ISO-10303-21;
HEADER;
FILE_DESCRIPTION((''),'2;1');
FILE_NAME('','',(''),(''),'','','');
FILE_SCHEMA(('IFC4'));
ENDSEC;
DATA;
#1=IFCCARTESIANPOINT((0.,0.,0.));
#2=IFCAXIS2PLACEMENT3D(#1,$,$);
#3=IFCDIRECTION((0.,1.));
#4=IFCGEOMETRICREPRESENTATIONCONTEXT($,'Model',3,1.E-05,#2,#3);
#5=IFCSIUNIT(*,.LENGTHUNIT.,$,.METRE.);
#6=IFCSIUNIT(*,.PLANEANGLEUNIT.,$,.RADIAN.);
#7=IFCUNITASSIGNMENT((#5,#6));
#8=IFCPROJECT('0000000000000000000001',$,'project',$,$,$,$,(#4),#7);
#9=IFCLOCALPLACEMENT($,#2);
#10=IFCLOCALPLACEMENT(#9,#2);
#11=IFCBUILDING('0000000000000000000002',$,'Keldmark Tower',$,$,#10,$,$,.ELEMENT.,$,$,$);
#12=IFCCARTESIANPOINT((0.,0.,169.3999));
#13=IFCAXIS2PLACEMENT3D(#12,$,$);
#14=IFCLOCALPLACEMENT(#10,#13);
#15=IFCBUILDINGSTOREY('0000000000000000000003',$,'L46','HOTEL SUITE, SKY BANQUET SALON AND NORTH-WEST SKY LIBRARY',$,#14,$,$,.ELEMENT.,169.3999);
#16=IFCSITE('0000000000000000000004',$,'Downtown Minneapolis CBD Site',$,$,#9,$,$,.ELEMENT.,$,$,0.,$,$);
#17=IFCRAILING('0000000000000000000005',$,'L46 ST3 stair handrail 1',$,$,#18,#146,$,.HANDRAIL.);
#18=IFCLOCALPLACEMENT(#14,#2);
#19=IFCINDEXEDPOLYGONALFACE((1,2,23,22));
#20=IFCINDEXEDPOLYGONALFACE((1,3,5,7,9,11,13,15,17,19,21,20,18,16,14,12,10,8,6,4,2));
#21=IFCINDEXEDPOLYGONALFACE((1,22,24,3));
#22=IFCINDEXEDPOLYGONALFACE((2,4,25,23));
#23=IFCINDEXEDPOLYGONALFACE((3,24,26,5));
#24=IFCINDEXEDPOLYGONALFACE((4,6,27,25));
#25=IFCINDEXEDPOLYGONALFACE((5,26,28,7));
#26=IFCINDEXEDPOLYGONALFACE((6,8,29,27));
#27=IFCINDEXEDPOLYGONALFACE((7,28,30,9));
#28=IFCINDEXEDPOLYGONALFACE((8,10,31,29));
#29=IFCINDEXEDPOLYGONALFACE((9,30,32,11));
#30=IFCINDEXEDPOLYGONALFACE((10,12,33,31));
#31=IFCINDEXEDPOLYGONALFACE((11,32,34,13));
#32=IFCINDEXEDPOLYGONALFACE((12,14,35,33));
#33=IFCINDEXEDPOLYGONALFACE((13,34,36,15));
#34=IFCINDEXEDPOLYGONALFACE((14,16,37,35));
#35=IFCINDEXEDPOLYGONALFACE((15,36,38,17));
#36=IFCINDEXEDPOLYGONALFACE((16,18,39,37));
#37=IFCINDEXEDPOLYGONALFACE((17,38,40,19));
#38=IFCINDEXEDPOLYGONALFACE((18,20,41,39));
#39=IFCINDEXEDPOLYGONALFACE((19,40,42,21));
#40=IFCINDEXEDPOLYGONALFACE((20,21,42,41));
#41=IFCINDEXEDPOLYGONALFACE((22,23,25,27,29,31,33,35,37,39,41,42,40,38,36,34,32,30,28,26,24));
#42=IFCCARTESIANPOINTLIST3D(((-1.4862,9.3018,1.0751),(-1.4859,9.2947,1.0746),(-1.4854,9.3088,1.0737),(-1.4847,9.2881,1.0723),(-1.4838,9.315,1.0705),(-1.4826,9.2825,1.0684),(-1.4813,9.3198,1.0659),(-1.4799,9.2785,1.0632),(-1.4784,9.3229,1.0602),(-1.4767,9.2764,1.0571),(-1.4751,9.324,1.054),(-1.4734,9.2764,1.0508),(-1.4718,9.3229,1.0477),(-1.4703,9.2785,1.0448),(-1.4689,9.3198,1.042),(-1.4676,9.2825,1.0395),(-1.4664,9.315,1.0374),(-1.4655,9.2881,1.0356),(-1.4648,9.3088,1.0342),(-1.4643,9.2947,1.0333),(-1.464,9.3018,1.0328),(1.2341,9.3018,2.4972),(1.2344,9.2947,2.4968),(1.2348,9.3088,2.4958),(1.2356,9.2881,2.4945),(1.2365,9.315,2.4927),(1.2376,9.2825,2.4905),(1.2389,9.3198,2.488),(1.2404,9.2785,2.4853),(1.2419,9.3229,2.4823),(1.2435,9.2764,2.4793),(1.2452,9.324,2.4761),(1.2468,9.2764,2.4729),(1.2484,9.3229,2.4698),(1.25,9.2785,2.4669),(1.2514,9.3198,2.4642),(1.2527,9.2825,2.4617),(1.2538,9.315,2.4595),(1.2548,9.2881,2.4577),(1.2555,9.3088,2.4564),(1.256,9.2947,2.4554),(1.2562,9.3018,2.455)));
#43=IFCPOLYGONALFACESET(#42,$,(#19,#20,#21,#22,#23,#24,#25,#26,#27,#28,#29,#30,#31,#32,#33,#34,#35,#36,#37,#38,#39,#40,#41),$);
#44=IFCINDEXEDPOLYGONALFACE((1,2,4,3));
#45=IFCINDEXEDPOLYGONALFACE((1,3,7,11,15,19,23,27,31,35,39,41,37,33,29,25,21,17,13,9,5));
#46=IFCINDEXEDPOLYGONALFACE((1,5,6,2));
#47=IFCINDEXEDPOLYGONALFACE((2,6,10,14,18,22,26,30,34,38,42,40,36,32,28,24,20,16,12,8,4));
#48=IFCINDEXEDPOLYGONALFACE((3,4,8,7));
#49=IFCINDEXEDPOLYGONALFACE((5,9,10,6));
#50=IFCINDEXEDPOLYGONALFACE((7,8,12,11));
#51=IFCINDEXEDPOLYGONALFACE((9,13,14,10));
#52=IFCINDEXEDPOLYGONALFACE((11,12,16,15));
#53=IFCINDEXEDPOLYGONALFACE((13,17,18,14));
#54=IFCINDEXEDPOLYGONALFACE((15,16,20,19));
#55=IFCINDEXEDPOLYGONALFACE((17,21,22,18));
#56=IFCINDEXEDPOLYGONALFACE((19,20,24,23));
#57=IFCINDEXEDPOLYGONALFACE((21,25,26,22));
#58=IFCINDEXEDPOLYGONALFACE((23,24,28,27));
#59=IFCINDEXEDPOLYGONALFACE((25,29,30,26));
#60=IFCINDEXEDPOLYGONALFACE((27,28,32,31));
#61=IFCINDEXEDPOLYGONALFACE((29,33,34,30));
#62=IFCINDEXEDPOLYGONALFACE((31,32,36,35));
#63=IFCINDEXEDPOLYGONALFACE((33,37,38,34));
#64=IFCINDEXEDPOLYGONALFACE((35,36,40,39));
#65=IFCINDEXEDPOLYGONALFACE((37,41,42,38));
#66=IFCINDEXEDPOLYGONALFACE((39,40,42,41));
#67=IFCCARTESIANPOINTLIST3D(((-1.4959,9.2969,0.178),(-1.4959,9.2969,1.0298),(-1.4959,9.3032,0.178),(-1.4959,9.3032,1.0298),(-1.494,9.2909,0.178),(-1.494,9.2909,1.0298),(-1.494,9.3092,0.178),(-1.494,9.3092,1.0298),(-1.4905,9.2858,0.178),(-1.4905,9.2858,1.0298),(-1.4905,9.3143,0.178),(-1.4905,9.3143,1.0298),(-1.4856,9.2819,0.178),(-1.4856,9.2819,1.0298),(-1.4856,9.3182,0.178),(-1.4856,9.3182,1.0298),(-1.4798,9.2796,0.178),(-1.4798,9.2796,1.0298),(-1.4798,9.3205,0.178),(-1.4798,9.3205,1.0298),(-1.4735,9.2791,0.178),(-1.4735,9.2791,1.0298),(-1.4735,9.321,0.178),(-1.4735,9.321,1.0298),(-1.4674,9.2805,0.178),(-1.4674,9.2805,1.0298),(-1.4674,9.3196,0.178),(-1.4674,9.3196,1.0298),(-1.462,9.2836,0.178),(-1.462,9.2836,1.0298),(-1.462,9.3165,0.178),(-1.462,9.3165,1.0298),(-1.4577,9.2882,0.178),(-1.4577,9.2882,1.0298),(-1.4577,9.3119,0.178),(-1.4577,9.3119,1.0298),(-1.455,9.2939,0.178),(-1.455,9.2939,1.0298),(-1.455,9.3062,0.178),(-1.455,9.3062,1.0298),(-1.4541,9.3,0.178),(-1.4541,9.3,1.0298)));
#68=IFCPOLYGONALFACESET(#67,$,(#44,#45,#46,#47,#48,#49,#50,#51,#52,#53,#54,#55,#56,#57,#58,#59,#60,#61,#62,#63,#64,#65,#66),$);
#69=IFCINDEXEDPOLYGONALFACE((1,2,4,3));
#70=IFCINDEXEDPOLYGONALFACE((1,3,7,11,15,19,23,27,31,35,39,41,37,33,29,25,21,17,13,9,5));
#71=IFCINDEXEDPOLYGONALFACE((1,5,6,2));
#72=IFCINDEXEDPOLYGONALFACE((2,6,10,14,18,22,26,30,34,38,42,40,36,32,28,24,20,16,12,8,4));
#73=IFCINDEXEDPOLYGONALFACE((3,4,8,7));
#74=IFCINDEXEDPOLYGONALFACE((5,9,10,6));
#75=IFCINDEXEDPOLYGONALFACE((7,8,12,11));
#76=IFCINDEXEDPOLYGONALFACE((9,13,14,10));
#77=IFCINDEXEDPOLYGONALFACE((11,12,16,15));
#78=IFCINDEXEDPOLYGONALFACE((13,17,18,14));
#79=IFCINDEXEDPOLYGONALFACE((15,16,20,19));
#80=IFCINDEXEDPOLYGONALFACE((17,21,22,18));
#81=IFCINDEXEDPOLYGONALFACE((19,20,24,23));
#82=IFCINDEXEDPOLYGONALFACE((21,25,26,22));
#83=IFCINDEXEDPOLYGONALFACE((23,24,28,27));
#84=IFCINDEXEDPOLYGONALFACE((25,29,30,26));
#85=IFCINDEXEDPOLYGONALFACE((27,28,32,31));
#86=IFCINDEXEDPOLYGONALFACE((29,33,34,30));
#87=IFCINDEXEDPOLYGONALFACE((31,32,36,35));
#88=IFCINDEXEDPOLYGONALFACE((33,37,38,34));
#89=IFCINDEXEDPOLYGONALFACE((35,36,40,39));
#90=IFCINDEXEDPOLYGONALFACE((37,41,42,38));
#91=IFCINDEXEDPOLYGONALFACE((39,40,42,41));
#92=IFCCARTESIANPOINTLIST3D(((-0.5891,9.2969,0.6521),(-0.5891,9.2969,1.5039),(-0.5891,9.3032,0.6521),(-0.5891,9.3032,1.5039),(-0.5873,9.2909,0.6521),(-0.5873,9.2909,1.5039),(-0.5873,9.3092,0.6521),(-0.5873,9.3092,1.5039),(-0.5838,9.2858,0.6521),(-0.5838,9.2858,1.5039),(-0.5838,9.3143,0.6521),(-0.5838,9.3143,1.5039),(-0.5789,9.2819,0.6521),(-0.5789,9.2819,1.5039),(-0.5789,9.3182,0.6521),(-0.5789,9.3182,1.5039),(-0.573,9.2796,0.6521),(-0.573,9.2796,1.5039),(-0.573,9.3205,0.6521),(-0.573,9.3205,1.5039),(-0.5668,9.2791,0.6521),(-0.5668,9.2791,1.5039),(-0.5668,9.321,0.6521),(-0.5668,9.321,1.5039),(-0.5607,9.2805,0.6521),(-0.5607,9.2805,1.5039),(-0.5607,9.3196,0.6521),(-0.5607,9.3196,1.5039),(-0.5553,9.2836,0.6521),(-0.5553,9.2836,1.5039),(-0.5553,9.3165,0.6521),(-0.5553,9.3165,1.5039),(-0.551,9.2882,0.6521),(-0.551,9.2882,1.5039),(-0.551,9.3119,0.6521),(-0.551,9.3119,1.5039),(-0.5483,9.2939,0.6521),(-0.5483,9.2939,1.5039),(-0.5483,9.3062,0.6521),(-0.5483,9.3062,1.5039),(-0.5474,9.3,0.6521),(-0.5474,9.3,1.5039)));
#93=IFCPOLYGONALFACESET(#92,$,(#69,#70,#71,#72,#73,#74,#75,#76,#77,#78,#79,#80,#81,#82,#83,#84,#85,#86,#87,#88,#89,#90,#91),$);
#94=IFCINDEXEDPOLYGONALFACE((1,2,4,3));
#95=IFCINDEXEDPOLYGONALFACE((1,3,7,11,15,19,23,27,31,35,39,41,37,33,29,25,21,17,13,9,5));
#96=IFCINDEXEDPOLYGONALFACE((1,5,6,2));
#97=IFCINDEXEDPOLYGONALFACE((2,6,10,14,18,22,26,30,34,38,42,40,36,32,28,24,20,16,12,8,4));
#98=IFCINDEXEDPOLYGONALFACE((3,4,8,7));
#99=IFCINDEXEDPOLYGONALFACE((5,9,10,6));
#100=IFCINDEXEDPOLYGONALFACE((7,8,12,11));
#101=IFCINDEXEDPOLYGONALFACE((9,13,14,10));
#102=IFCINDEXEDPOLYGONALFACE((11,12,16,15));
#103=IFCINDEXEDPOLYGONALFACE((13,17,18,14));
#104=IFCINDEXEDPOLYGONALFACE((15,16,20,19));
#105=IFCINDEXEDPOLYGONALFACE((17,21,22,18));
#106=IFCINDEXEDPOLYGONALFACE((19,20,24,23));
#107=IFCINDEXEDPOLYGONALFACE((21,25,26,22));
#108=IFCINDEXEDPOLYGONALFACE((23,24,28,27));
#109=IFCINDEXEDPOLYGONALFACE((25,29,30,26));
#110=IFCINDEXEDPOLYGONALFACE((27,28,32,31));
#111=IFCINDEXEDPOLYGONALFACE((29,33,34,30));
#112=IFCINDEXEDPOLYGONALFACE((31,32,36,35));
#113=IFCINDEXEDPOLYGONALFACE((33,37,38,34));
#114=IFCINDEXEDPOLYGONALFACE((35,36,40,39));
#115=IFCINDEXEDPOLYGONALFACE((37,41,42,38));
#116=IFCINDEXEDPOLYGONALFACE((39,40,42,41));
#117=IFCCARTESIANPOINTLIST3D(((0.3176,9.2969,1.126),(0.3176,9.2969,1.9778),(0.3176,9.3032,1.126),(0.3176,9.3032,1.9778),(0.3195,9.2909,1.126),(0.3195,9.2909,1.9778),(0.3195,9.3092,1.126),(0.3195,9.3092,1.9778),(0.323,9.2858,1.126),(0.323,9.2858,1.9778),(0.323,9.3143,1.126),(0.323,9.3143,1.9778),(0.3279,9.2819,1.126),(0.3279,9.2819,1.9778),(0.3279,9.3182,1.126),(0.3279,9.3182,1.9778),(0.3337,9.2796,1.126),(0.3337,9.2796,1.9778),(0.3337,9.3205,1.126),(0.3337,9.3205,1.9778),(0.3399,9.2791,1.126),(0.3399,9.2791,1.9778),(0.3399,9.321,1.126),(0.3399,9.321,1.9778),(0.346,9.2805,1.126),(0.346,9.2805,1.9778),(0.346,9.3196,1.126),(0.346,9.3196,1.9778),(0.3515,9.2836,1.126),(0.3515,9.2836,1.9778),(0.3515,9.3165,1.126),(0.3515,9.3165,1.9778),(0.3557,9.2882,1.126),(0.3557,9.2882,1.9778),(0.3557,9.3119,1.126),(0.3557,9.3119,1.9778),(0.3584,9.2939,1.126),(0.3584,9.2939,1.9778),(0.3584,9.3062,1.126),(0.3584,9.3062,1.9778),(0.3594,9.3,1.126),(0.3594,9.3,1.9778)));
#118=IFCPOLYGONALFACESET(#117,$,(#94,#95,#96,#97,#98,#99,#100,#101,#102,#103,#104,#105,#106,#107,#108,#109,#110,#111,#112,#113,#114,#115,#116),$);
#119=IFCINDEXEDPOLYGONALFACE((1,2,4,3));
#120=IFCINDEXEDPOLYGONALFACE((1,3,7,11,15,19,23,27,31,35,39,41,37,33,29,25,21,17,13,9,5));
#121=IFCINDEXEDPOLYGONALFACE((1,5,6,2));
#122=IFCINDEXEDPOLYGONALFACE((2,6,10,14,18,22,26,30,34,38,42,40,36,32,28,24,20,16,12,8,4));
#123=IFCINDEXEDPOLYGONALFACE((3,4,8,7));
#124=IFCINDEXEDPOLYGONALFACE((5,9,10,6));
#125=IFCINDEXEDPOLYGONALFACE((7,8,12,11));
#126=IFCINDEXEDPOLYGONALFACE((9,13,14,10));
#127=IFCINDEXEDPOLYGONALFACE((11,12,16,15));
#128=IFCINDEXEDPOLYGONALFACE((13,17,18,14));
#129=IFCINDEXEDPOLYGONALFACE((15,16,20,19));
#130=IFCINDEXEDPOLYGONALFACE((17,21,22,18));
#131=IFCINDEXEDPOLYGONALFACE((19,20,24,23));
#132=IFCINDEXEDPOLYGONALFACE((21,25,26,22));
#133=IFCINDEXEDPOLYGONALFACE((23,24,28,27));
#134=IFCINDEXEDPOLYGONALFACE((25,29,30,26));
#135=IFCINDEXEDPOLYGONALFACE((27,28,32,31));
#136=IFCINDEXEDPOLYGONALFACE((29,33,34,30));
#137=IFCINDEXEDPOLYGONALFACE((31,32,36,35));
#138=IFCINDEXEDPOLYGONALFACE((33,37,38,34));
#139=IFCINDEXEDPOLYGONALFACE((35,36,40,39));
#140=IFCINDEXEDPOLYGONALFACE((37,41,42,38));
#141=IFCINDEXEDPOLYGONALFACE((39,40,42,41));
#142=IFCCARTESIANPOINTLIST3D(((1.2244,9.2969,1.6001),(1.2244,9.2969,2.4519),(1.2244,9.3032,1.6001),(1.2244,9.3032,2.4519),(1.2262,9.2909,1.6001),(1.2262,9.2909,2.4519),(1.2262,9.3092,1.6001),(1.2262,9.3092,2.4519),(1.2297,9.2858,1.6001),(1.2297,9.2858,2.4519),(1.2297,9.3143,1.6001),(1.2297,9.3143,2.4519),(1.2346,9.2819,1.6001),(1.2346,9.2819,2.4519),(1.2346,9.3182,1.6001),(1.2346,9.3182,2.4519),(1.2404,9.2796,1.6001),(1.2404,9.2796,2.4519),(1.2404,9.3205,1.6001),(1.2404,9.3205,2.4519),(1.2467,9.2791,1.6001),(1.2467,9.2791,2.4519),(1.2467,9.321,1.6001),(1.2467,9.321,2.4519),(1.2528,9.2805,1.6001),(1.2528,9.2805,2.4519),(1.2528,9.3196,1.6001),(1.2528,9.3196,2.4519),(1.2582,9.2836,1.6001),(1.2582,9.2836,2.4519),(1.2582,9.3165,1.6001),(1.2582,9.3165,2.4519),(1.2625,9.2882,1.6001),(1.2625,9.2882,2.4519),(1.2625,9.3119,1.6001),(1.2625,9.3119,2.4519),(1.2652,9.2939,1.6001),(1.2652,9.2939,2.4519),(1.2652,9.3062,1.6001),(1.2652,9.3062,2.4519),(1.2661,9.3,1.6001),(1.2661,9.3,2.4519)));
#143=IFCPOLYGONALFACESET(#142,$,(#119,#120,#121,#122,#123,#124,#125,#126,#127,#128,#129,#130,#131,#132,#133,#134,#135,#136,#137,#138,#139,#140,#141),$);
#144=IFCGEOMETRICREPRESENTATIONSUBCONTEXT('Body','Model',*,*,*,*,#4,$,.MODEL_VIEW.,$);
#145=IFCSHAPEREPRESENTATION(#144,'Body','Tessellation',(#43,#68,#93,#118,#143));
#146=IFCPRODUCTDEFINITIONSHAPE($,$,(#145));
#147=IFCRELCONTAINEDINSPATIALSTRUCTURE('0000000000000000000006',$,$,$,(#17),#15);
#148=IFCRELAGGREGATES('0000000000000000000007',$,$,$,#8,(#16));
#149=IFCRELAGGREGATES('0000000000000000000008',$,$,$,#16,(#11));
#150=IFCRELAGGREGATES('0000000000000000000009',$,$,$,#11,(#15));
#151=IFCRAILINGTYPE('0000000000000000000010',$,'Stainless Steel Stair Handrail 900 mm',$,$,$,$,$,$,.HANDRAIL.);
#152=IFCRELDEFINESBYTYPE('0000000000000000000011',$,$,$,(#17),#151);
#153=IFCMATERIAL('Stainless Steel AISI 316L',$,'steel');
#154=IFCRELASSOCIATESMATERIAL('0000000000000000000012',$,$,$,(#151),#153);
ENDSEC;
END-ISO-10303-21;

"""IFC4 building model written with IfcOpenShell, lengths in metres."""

from ifc_helpers import new_model, si_unit, direction, frame, origin, origin_2d, place, context, subcontext, project, spatial, circle, extrude, material, type_object, element, save


model = new_model("IFC4")

# Units and contexts
model_context = context("Model", 3, precision=1e-05, world=origin(), true_north=direction((0.0, 1.0)))
body_context = subcontext(model_context, "Body", "Model", "MODEL_VIEW")
ifc_project = project(units=[si_unit("LENGTHUNIT", "METRE"), si_unit("PLANEANGLEUNIT", "RADIAN")], contexts=[model_context])

# Site, building, storey
site_placement = place(None, origin())
site = spatial("IfcSite", under=ifc_project, at=site_placement, Name="Downtown Minneapolis CBD Site", CompositionType="ELEMENT", RefElevation=0.0)
building_placement = place(site_placement, origin())
building = spatial("IfcBuilding", under=site, at=building_placement, Name="Keldmark Tower", CompositionType="ELEMENT")
storey_placement = place(building_placement, frame((0.0, 0.0, 169.3999)))
storey = spatial("IfcBuildingStorey", under=building, at=storey_placement, Name="L46", Description="HOTEL SUITE, SKY BANQUET SALON AND NORTH-WEST SKY LIBRARY", CompositionType="ELEMENT", Elevation=169.3999)

# Railing
ifc_material_1 = material(Name="Stainless Steel AISI 316L", Category="steel")
railing_type = type_object("IfcRailingType", Name="Stainless Steel Stair Handrail 900 mm", PredefinedType="HANDRAIL", material=ifc_material_1)
railing_1_placement = place(storey_placement, frame((-1.4751, 9.3, 0.178)))
element("IfcRailing", 1, at=railing_1_placement, inside=storey, type_object=railing_type, Name="L46 ST3 stair handrail 1", PredefinedType="HANDRAIL", context=body_context, shape_type="SweptSolid", body=[
    extrude(circle(Radius=0.0239, at=origin_2d()), frame((0.0, 0.0, 0.876), z_axis=(0.8862, 0.0, 0.463302), x_axis=(0.0, 1.0, 0.0)), (0.0, 0.0, 1.0), 3.0696),
    extrude(circle(Radius=0.021, at=origin_2d()), origin(), (0.0, 0.0, 1.0), 0.8518),
    extrude(circle(Radius=0.021, at=origin_2d()), frame((0.9067, 0.0, 0.4741)), (0.0, 0.0, 1.0), 0.8518),
    extrude(circle(Radius=0.021, at=origin_2d()), frame((1.8135, 0.0, 0.948)), (0.0, 0.0, 1.0), 0.8518),
    extrude(circle(Radius=0.021, at=origin_2d()), frame((2.7202, 0.0, 1.4221)), (0.0, 0.0, 1.0), 0.8518),
])

save(model, "model.ifc")
